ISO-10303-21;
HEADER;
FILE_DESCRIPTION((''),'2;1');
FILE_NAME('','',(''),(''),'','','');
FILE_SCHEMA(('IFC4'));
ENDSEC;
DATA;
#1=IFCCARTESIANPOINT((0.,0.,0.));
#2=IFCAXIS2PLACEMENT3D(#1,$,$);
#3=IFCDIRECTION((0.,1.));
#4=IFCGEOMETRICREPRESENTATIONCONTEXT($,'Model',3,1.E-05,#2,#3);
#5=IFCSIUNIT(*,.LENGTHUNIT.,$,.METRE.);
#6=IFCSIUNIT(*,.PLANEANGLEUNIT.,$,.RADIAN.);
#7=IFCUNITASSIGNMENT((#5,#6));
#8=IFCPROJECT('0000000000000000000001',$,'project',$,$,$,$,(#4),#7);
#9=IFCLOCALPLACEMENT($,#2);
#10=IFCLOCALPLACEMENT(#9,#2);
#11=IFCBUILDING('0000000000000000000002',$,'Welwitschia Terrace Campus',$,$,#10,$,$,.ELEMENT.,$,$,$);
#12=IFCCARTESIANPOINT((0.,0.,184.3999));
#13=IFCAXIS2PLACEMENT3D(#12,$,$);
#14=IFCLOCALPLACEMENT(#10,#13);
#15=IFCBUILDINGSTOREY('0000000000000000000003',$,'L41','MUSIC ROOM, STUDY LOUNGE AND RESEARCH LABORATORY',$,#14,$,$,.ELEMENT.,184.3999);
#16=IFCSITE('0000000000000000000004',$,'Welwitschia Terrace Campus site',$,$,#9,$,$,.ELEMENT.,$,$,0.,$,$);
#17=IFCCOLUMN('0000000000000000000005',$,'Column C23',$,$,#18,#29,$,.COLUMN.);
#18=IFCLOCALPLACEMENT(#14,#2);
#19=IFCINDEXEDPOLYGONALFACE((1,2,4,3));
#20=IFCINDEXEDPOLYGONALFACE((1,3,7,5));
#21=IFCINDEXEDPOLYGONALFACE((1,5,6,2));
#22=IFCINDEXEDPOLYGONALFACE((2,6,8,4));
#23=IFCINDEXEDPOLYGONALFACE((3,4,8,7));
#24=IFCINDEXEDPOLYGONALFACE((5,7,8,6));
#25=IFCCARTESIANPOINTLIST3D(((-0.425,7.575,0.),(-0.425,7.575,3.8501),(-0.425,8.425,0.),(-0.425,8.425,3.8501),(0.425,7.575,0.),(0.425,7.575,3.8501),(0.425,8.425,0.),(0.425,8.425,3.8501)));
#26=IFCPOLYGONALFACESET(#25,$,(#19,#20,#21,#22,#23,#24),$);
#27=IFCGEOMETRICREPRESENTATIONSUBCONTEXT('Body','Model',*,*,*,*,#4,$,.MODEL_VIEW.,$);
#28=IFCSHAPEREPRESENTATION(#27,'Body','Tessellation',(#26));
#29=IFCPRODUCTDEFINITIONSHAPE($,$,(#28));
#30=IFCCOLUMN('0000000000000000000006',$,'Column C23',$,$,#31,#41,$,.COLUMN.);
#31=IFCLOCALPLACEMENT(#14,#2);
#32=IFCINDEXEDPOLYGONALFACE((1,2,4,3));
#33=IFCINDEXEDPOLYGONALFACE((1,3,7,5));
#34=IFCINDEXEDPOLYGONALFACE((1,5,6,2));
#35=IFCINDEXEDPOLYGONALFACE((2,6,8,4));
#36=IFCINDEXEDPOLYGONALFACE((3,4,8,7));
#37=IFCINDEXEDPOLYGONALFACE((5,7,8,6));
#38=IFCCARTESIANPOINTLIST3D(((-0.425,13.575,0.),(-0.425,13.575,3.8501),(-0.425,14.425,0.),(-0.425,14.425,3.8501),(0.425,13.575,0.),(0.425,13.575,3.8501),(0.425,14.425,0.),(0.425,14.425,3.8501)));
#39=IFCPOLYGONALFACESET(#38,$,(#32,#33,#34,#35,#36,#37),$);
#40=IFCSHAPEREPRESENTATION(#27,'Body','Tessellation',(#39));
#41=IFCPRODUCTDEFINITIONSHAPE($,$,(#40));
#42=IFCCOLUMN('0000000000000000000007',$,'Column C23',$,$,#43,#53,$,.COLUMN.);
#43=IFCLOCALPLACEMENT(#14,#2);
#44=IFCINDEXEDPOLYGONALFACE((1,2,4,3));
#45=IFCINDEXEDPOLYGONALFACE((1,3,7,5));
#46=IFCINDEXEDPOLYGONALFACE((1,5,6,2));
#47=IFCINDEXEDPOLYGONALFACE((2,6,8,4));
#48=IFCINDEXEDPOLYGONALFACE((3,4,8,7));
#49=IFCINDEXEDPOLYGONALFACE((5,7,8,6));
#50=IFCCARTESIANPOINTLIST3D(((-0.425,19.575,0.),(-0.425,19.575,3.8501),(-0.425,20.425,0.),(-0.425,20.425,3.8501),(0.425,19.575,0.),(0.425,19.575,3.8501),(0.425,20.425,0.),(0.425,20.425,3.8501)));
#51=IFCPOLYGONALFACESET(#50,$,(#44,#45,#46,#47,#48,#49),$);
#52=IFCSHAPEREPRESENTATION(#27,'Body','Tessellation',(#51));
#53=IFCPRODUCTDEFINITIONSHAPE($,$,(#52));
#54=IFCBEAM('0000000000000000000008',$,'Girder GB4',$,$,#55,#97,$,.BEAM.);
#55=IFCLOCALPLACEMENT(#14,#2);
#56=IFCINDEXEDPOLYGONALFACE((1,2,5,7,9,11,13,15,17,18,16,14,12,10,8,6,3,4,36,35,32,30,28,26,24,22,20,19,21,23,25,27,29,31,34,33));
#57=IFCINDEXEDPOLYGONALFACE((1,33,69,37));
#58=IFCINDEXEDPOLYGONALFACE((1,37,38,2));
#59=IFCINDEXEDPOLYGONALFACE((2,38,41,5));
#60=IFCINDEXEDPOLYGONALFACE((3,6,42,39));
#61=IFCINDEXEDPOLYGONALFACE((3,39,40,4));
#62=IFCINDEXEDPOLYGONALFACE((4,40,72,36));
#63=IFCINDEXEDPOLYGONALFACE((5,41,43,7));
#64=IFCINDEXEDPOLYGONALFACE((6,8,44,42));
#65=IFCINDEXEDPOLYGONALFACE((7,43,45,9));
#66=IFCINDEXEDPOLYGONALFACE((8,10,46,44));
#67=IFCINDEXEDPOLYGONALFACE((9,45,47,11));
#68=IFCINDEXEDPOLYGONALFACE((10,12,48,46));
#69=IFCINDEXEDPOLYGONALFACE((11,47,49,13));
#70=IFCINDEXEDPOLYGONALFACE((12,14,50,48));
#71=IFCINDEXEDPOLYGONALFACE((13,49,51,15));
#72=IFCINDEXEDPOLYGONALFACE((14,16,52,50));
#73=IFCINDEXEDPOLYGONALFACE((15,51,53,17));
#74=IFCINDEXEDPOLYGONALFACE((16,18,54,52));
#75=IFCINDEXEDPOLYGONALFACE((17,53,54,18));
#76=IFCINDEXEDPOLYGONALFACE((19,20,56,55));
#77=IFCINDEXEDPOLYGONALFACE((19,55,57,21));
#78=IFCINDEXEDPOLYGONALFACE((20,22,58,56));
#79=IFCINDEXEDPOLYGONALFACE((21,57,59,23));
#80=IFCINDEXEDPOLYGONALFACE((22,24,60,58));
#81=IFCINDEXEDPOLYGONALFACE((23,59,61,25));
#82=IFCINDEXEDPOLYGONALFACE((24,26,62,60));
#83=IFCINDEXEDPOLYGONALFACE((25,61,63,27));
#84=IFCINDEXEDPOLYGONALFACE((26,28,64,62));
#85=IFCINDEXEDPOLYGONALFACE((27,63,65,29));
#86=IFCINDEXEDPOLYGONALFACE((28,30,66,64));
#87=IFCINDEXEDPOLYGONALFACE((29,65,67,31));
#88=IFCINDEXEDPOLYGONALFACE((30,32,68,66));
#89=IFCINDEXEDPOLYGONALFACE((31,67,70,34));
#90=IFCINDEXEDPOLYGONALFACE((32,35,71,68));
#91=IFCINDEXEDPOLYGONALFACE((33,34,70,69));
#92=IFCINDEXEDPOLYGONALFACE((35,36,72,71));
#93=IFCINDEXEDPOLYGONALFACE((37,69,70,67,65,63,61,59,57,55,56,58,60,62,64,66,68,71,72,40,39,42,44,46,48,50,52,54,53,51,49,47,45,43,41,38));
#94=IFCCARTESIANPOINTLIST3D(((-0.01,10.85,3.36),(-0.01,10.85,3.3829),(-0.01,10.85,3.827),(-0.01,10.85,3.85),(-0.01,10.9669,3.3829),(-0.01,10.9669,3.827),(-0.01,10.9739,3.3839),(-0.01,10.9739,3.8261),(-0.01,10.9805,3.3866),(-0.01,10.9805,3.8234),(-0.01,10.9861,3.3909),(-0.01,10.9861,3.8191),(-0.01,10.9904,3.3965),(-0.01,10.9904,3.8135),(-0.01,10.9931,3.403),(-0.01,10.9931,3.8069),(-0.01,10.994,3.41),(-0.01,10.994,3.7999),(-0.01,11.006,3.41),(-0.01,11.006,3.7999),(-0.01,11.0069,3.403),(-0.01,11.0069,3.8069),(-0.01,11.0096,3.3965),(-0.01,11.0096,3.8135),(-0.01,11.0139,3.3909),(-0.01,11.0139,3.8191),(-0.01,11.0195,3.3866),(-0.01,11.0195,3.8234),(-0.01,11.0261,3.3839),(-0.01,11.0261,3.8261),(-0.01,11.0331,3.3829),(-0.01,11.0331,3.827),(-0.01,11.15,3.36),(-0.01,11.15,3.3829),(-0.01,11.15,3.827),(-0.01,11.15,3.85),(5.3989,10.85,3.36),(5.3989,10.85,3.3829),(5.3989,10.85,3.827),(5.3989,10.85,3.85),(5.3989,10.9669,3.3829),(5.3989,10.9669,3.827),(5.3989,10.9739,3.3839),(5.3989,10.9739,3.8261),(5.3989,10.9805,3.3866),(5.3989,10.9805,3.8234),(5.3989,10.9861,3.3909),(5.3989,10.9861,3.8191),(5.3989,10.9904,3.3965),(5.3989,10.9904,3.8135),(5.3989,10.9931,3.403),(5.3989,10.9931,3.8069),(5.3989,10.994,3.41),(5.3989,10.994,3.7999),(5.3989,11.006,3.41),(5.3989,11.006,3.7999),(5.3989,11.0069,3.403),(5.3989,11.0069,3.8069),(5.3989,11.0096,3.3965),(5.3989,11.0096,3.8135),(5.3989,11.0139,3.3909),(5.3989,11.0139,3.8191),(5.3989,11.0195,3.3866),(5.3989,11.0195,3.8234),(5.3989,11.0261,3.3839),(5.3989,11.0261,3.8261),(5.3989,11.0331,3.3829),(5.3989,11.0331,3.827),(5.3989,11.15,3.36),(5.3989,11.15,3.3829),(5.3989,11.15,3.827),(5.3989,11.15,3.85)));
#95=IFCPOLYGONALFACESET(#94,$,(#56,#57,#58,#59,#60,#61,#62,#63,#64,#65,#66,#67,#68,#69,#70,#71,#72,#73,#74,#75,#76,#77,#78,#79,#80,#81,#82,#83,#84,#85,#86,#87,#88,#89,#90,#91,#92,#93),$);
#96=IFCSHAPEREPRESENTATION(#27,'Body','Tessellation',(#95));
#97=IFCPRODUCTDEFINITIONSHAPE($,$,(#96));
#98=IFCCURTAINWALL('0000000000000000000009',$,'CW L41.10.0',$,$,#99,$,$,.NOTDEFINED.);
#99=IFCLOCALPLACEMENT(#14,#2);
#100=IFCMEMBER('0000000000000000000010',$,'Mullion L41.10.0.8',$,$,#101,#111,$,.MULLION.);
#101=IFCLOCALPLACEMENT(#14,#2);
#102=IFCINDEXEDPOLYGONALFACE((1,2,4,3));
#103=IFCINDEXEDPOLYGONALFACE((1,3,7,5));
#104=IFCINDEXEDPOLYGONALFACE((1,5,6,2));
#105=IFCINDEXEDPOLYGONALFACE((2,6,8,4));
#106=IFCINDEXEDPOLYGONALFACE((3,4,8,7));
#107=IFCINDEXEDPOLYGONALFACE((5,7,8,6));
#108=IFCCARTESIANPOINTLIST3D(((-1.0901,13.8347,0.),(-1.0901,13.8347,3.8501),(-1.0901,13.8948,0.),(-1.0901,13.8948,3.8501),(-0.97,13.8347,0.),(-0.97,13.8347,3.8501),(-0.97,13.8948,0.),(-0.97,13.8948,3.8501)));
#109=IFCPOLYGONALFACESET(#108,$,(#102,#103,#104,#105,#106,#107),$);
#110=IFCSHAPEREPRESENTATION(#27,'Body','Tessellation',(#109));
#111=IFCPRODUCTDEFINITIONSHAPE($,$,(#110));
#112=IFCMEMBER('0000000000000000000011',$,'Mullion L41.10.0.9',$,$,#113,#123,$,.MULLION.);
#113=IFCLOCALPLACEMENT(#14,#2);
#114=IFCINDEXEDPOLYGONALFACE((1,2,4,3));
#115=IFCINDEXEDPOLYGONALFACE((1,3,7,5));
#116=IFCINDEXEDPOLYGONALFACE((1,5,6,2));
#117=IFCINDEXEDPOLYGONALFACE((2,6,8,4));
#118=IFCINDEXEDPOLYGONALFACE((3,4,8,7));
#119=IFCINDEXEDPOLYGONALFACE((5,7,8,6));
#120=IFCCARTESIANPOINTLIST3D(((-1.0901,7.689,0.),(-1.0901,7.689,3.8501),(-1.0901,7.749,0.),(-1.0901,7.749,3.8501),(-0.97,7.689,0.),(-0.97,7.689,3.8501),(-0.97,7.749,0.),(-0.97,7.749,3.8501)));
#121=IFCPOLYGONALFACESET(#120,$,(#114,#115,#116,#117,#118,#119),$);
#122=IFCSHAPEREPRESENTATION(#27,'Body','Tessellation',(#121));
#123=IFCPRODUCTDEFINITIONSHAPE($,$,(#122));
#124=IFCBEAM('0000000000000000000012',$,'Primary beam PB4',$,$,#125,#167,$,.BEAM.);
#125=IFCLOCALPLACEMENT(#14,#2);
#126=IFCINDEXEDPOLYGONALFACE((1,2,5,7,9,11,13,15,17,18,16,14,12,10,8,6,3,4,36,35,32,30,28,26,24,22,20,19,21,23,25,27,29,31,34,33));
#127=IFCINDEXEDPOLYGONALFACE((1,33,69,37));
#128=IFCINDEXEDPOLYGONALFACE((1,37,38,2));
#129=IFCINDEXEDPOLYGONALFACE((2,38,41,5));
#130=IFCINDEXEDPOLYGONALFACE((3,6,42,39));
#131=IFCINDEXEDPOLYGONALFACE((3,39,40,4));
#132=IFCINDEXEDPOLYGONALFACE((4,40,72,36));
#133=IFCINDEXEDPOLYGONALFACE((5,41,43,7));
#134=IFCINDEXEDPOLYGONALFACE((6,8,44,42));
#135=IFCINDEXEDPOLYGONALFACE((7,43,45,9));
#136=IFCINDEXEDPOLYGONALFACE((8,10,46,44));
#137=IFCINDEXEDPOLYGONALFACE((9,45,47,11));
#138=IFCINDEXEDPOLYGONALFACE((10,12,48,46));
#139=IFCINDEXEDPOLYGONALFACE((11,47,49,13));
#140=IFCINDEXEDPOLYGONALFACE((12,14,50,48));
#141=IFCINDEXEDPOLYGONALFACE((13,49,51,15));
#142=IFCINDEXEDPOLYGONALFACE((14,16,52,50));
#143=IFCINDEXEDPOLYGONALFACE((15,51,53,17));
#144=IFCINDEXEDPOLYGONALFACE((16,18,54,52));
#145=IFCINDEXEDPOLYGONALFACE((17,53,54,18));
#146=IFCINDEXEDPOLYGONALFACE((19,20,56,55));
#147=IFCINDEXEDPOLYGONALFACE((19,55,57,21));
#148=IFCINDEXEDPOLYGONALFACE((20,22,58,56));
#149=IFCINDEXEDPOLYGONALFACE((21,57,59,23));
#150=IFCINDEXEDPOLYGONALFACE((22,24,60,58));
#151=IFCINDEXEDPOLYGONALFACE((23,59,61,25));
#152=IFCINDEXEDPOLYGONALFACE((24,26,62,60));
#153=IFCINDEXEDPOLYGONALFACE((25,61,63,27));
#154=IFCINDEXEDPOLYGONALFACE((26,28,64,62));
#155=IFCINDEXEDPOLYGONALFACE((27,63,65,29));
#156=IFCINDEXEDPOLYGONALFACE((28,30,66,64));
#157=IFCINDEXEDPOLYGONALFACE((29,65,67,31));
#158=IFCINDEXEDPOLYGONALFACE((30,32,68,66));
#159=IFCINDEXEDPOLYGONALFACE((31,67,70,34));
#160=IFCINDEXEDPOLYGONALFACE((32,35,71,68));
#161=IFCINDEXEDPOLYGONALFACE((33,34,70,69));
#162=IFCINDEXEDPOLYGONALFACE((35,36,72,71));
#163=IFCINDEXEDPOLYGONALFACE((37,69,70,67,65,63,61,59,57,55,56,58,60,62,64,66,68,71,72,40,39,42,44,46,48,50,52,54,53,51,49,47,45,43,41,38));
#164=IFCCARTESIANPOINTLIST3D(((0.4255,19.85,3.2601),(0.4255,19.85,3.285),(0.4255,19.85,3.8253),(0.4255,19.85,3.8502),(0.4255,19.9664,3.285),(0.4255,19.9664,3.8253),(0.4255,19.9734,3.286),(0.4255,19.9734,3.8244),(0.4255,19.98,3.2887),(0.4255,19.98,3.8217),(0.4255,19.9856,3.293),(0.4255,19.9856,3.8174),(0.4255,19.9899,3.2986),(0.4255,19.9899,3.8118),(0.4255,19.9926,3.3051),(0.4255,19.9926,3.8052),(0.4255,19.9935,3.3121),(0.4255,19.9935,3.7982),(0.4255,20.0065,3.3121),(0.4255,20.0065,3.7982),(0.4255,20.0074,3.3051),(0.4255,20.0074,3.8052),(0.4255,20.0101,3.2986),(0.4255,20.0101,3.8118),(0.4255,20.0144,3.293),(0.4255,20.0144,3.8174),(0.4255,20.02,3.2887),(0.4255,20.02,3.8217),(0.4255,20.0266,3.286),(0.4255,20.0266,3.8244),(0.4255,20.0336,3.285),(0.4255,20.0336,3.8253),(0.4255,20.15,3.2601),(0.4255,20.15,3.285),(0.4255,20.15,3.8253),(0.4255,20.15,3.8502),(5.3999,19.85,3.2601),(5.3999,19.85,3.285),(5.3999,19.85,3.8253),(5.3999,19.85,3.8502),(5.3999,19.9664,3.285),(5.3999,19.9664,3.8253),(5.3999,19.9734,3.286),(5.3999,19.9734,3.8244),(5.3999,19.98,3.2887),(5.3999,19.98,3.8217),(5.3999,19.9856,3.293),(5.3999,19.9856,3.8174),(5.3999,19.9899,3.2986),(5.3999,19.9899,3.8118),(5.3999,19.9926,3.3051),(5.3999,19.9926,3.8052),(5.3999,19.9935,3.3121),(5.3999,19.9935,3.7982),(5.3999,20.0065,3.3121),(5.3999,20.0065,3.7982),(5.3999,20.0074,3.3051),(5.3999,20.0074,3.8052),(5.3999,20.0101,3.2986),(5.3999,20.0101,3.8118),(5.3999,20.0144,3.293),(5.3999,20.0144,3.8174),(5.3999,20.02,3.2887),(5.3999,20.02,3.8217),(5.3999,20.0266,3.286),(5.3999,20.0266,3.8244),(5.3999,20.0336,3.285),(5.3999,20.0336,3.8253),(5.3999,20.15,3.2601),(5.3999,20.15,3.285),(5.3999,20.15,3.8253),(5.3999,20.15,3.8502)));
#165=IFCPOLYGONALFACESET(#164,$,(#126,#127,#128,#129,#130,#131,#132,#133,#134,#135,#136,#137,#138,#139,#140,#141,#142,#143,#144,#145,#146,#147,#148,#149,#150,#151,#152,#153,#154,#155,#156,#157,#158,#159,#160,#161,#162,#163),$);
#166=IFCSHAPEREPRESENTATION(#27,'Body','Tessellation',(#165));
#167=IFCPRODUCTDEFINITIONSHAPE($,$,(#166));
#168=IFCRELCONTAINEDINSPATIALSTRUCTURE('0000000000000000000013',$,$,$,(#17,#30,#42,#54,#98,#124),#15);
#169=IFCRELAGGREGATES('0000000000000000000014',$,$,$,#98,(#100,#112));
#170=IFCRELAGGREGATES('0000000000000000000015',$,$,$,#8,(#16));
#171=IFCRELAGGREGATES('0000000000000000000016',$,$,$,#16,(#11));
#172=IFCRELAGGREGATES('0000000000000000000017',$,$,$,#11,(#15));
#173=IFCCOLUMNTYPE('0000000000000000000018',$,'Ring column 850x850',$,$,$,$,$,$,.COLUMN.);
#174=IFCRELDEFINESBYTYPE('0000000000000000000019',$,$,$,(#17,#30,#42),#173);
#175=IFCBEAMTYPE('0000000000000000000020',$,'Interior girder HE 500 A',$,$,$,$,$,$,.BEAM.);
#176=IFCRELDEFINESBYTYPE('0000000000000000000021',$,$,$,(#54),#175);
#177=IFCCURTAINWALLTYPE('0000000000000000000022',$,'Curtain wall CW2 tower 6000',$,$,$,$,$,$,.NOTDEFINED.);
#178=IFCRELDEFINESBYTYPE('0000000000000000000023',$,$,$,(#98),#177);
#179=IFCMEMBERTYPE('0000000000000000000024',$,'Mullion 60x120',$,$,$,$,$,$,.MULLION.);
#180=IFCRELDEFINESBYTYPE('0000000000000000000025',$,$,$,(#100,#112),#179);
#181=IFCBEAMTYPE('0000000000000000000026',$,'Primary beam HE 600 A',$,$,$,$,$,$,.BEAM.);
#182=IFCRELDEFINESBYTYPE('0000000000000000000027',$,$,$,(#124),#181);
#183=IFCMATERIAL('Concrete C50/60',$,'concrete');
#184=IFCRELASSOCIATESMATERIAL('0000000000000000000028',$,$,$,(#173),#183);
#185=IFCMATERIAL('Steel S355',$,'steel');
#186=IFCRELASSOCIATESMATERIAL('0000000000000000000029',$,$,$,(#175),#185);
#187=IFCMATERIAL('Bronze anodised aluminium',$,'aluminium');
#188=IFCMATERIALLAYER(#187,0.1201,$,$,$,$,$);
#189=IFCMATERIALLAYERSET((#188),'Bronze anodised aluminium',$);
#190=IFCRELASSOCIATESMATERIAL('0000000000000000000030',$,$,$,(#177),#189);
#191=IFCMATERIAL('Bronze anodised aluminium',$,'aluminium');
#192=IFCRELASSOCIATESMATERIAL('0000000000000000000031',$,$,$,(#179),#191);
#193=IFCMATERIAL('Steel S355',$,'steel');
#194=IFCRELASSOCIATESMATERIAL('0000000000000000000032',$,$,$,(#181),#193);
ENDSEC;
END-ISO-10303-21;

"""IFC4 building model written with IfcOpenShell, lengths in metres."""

from ifc_helpers import new_model, si_unit, direction, frame, origin, origin_2d, place, context, subcontext, project, spatial, rectangle, i_section, extrude, material, layer, layer_set, material_profile, profile_set, type_object, element, aggregate, save


model = new_model("IFC4")

# Units and contexts
model_context = context("Model", 3, precision=1e-05, world=origin(), true_north=direction((0.0, 1.0)))
body_context = subcontext(model_context, "Body", "Model", "MODEL_VIEW")
ifc_project = project(units=[si_unit("LENGTHUNIT", "METRE"), si_unit("PLANEANGLEUNIT", "RADIAN")], contexts=[model_context])

# Site, building, storey
site_placement = place(None, origin())
site = spatial("IfcSite", under=ifc_project, at=site_placement, Name="Welwitschia Terrace Campus site", CompositionType="ELEMENT", RefElevation=0.0)
building_placement = place(site_placement, origin())
building = spatial("IfcBuilding", under=site, at=building_placement, Name="Welwitschia Terrace Campus", CompositionType="ELEMENT")
storey_placement = place(building_placement, frame((0.0, 0.0, 184.3999)))
storey = spatial("IfcBuildingStorey", under=building, at=storey_placement, Name="L41", Description="MUSIC ROOM, STUDY LOUNGE AND RESEARCH LABORATORY", CompositionType="ELEMENT", Elevation=184.3999)

# Columns
ifc_material_1 = material(Name="Concrete C50/60", Category="concrete")
ifc_material_profile_1 = material_profile(ifc_material_1, rectangle(XDim=0.8501, YDim=0.8501, at=origin_2d()))
ifc_profile_set_1 = profile_set([ifc_material_profile_1], Name="Concrete C50/60")
column_type = type_object("IfcColumnType", Name="Ring column 850x850", PredefinedType="COLUMN", material=ifc_profile_set_1)
for number, where, z_axis, x_axis, name in (
    (1, (0.0, 8.0, 0.0), (0.0, 0.0, 1.0), (1.0, 0.0, 0.0), "Column C23"),
    (2, (0.0, 14.0, 0.0), (0.0, 0.0, 1.0), (1.0, 0.0, 0.0), "Column C23"),
    (3, (0.0, 20.0, 0.0), (0.0, 0.0, 1.0), (1.0, 0.0, 0.0), "Column C23"),
):
    element("IfcColumn", number, at=place(storey_placement, frame(where, z_axis=z_axis, x_axis=x_axis)), inside=storey, type_object=column_type, Name=name, PredefinedType="COLUMN", context=body_context, shape_type="SweptSolid", body=[
        extrude(rectangle(XDim=0.8501, YDim=0.8501, at=origin_2d()), origin(), (0.0, 0.0, 1.0), 3.8501),
    ])

# Beam
ifc_material_2 = material(Name="Steel S355", Category="steel")
ifc_material_profile_2 = material_profile(ifc_material_2, i_section(OverallWidth=0.3, OverallDepth=0.49, WebThickness=0.012, FlangeThickness=0.0229, FilletRadius=0.0271, at=origin_2d()))
ifc_profile_set_2 = profile_set([ifc_material_profile_2], Name="Steel S355")
beam_type_1 = type_object("IfcBeamType", Name="Interior girder HE 500 A", PredefinedType="BEAM", material=ifc_profile_set_2)
beam_1_placement = place(storey_placement, frame((-0.01, 11.0, 3.605), z_axis=(1.0, 0.0, 0.0), x_axis=(0.0, 1.0, 0.0)))
element("IfcBeam", 4, at=beam_1_placement, inside=storey, type_object=beam_type_1, Name="Girder GB4", PredefinedType="BEAM", context=body_context, shape_type="SweptSolid", body=[
    extrude(i_section(OverallWidth=0.3, OverallDepth=0.49, WebThickness=0.012, FlangeThickness=0.0229, FilletRadius=0.0271, at=origin_2d()), origin(), (0.0, 0.0, 1.0), 5.4089),
])

# Curtain wall, members
ifc_material_3 = material(Name="Bronze anodised aluminium", Category="aluminium")
ifc_layer_1 = layer(ifc_material_3, 0.1201)
ifc_layer_set_1 = layer_set([ifc_layer_1], Name="Bronze anodised aluminium")
curtain_wall_type = type_object("IfcCurtainWallType", Name="Curtain wall CW2 tower 6000", PredefinedType="NOTDEFINED", material=ifc_layer_set_1)
curtain_wall_placement = place(storey_placement, origin())
curtain_wall = element("IfcCurtainWall", 5, at=curtain_wall_placement, inside=storey, type_object=curtain_wall_type, Name="CW L41.10.0", PredefinedType="NOTDEFINED")
ifc_material_4 = material(Name="Bronze anodised aluminium", Category="aluminium")
ifc_material_profile_3 = material_profile(ifc_material_4, rectangle(XDim=0.1201, YDim=0.0601, at=origin_2d()))
ifc_profile_set_3 = profile_set([ifc_material_profile_3], Name="Bronze anodised aluminium")
member_type = type_object("IfcMemberType", Name="Mullion 60x120", PredefinedType="MULLION", material=ifc_profile_set_3)
member_1_placement = place(storey_placement, frame((-1.03, 13.8647, 0.0), z_axis=(0.0, 0.0, 1.0), x_axis=(1.0, 0.0, 0.0)))
member_1 = element("IfcMember", 6, at=member_1_placement, type_object=member_type, Name="Mullion L41.10.0.8", PredefinedType="MULLION", context=body_context, shape_type="SweptSolid", body=[
    extrude(rectangle(XDim=0.1201, YDim=0.0601, at=origin_2d()), origin(), (0.0, 0.0, 1.0), 3.8501),
])
member_2_placement = place(storey_placement, frame((-1.03, 7.719, 0.0), z_axis=(0.0, 0.0, 1.0), x_axis=(1.0, 0.0, 0.0)))
member_2 = element("IfcMember", 7, at=member_2_placement, type_object=member_type, Name="Mullion L41.10.0.9", PredefinedType="MULLION", context=body_context, shape_type="SweptSolid", body=[
    extrude(rectangle(XDim=0.1201, YDim=0.0601, at=origin_2d()), origin(), (0.0, 0.0, 1.0), 3.8501),
])

# Beam
ifc_material_5 = material(Name="Steel S355", Category="steel")
ifc_material_profile_4 = material_profile(ifc_material_5, i_section(OverallWidth=0.3, OverallDepth=0.5901, WebThickness=0.0129, FlangeThickness=0.0249, FilletRadius=0.0271, at=origin_2d()))
ifc_profile_set_4 = profile_set([ifc_material_profile_4], Name="Steel S355")
beam_type_2 = type_object("IfcBeamType", Name="Primary beam HE 600 A", PredefinedType="BEAM", material=ifc_profile_set_4)
for number, where, z_axis, x_axis, name in (
    (8, (0.4255, 20.0, 3.5552), (1.0, 0.0, 0.0), (0.0, 1.0, 0.0), "Primary beam PB4"),
):
    element("IfcBeam", number, at=place(storey_placement, frame(where, z_axis=z_axis, x_axis=x_axis)), inside=storey, type_object=beam_type_2, Name=name, PredefinedType="BEAM", context=body_context, shape_type="SweptSolid", body=[
        extrude(i_section(OverallWidth=0.3, OverallDepth=0.5901, WebThickness=0.0129, FlangeThickness=0.0249, FilletRadius=0.0271, at=origin_2d()), origin(), (0.0, 0.0, 1.0), 4.9744),
    ])

aggregate(curtain_wall, [member_1, member_2])

save(model, "model.ifc")
